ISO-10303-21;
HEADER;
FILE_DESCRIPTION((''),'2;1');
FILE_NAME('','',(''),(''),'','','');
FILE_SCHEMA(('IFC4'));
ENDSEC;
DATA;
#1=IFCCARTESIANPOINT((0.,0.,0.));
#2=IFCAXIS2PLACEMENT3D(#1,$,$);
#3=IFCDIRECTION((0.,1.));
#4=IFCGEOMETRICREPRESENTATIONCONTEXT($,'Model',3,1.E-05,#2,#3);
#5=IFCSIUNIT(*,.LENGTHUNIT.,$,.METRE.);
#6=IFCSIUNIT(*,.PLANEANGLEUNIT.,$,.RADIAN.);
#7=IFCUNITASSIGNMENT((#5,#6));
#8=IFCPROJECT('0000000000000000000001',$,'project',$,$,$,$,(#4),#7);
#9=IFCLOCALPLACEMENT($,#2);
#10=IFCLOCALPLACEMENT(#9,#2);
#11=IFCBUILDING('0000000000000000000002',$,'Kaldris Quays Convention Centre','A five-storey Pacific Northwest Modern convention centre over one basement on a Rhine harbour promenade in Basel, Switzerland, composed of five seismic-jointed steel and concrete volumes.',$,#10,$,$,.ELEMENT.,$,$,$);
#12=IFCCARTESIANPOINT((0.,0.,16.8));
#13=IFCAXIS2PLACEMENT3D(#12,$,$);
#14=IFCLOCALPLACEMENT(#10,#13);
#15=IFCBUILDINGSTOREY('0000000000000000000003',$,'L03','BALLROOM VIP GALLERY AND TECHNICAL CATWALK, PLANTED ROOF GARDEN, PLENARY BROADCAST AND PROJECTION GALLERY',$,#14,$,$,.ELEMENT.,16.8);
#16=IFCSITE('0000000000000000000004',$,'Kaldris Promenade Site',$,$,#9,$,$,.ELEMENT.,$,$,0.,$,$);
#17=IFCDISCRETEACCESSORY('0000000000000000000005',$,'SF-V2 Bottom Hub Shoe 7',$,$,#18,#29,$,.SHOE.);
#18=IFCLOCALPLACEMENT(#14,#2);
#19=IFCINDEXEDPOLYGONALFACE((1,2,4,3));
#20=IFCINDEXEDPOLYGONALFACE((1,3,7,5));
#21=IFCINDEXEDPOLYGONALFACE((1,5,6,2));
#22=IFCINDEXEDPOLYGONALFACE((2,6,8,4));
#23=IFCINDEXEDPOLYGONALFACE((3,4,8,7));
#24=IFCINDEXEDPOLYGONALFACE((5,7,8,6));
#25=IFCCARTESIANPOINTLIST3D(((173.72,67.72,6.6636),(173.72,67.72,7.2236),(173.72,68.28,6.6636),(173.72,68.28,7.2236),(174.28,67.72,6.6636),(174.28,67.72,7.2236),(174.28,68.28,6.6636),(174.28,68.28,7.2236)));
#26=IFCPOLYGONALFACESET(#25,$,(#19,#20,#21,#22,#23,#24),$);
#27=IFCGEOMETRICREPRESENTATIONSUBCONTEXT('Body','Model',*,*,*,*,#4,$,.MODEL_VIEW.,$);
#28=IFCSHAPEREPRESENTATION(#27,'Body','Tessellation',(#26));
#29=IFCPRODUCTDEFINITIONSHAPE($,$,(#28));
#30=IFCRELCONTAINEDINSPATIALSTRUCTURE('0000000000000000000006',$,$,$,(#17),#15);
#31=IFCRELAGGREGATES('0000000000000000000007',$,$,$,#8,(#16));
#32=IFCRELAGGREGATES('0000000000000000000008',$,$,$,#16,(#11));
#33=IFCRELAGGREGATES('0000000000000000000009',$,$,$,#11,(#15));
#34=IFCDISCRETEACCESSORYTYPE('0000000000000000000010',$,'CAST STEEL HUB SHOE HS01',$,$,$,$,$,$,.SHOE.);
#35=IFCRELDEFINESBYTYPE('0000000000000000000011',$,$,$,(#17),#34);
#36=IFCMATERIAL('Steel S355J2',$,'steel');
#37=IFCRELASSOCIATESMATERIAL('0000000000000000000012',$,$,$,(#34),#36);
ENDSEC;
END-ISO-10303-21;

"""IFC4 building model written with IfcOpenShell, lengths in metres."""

from ifc_helpers import new_model, si_unit, direction, frame, origin, origin_2d, place, context, subcontext, project, spatial, rectangle, extrude, material, type_object, element, save


model = new_model("IFC4")

# Units and contexts
model_context = context("Model", 3, precision=1e-05, world=origin(), true_north=direction((0.0, 1.0)))
body_context = subcontext(model_context, "Body", "Model", "MODEL_VIEW")
ifc_project = project(units=[si_unit("LENGTHUNIT", "METRE"), si_unit("PLANEANGLEUNIT", "RADIAN")], contexts=[model_context])

# Site, building, storey
site_placement = place(None, origin())
site = spatial("IfcSite", under=ifc_project, at=site_placement, Name="Kaldris Promenade Site", CompositionType="ELEMENT", RefElevation=0.0)
building_placement = place(site_placement, origin())
building = spatial("IfcBuilding", under=site, at=building_placement, Name="Kaldris Quays Convention Centre", Description="A five-storey Pacific Northwest Modern convention centre over one basement on a Rhine harbour promenade in Basel, Switzerland, composed of five seismic-jointed steel and concrete volumes.", CompositionType="ELEMENT")
storey_placement = place(building_placement, frame((0.0, 0.0, 16.8)))
storey = spatial("IfcBuildingStorey", under=building, at=storey_placement, Name="L03", Description="BALLROOM VIP GALLERY AND TECHNICAL CATWALK, PLANTED ROOF GARDEN, PLENARY BROADCAST AND PROJECTION GALLERY", CompositionType="ELEMENT", Elevation=16.8)

# Discrete accessory
ifc_material_1 = material(Name="Steel S355J2", Category="steel")
discrete_accessory_type = type_object("IfcDiscreteAccessoryType", Name="CAST STEEL HUB SHOE HS01", PredefinedType="SHOE", material=ifc_material_1)
discrete_accessory_placement = place(storey_placement, frame((174.0, 68.0, 6.6636), z_axis=(0.0, 0.0, 1.0), x_axis=(1.0, 0.0, 0.0)))
element("IfcDiscreteAccessory", 1, at=discrete_accessory_placement, inside=storey, type_object=discrete_accessory_type, Name="SF-V2 Bottom Hub Shoe 7", PredefinedType="SHOE", context=body_context, shape_type="SweptSolid", body=[
    extrude(rectangle(XDim=0.5601, YDim=0.5601, at=origin_2d()), origin(), (0.0, 0.0, 1.0), 0.5601),
])

save(model, "model.ifc")
